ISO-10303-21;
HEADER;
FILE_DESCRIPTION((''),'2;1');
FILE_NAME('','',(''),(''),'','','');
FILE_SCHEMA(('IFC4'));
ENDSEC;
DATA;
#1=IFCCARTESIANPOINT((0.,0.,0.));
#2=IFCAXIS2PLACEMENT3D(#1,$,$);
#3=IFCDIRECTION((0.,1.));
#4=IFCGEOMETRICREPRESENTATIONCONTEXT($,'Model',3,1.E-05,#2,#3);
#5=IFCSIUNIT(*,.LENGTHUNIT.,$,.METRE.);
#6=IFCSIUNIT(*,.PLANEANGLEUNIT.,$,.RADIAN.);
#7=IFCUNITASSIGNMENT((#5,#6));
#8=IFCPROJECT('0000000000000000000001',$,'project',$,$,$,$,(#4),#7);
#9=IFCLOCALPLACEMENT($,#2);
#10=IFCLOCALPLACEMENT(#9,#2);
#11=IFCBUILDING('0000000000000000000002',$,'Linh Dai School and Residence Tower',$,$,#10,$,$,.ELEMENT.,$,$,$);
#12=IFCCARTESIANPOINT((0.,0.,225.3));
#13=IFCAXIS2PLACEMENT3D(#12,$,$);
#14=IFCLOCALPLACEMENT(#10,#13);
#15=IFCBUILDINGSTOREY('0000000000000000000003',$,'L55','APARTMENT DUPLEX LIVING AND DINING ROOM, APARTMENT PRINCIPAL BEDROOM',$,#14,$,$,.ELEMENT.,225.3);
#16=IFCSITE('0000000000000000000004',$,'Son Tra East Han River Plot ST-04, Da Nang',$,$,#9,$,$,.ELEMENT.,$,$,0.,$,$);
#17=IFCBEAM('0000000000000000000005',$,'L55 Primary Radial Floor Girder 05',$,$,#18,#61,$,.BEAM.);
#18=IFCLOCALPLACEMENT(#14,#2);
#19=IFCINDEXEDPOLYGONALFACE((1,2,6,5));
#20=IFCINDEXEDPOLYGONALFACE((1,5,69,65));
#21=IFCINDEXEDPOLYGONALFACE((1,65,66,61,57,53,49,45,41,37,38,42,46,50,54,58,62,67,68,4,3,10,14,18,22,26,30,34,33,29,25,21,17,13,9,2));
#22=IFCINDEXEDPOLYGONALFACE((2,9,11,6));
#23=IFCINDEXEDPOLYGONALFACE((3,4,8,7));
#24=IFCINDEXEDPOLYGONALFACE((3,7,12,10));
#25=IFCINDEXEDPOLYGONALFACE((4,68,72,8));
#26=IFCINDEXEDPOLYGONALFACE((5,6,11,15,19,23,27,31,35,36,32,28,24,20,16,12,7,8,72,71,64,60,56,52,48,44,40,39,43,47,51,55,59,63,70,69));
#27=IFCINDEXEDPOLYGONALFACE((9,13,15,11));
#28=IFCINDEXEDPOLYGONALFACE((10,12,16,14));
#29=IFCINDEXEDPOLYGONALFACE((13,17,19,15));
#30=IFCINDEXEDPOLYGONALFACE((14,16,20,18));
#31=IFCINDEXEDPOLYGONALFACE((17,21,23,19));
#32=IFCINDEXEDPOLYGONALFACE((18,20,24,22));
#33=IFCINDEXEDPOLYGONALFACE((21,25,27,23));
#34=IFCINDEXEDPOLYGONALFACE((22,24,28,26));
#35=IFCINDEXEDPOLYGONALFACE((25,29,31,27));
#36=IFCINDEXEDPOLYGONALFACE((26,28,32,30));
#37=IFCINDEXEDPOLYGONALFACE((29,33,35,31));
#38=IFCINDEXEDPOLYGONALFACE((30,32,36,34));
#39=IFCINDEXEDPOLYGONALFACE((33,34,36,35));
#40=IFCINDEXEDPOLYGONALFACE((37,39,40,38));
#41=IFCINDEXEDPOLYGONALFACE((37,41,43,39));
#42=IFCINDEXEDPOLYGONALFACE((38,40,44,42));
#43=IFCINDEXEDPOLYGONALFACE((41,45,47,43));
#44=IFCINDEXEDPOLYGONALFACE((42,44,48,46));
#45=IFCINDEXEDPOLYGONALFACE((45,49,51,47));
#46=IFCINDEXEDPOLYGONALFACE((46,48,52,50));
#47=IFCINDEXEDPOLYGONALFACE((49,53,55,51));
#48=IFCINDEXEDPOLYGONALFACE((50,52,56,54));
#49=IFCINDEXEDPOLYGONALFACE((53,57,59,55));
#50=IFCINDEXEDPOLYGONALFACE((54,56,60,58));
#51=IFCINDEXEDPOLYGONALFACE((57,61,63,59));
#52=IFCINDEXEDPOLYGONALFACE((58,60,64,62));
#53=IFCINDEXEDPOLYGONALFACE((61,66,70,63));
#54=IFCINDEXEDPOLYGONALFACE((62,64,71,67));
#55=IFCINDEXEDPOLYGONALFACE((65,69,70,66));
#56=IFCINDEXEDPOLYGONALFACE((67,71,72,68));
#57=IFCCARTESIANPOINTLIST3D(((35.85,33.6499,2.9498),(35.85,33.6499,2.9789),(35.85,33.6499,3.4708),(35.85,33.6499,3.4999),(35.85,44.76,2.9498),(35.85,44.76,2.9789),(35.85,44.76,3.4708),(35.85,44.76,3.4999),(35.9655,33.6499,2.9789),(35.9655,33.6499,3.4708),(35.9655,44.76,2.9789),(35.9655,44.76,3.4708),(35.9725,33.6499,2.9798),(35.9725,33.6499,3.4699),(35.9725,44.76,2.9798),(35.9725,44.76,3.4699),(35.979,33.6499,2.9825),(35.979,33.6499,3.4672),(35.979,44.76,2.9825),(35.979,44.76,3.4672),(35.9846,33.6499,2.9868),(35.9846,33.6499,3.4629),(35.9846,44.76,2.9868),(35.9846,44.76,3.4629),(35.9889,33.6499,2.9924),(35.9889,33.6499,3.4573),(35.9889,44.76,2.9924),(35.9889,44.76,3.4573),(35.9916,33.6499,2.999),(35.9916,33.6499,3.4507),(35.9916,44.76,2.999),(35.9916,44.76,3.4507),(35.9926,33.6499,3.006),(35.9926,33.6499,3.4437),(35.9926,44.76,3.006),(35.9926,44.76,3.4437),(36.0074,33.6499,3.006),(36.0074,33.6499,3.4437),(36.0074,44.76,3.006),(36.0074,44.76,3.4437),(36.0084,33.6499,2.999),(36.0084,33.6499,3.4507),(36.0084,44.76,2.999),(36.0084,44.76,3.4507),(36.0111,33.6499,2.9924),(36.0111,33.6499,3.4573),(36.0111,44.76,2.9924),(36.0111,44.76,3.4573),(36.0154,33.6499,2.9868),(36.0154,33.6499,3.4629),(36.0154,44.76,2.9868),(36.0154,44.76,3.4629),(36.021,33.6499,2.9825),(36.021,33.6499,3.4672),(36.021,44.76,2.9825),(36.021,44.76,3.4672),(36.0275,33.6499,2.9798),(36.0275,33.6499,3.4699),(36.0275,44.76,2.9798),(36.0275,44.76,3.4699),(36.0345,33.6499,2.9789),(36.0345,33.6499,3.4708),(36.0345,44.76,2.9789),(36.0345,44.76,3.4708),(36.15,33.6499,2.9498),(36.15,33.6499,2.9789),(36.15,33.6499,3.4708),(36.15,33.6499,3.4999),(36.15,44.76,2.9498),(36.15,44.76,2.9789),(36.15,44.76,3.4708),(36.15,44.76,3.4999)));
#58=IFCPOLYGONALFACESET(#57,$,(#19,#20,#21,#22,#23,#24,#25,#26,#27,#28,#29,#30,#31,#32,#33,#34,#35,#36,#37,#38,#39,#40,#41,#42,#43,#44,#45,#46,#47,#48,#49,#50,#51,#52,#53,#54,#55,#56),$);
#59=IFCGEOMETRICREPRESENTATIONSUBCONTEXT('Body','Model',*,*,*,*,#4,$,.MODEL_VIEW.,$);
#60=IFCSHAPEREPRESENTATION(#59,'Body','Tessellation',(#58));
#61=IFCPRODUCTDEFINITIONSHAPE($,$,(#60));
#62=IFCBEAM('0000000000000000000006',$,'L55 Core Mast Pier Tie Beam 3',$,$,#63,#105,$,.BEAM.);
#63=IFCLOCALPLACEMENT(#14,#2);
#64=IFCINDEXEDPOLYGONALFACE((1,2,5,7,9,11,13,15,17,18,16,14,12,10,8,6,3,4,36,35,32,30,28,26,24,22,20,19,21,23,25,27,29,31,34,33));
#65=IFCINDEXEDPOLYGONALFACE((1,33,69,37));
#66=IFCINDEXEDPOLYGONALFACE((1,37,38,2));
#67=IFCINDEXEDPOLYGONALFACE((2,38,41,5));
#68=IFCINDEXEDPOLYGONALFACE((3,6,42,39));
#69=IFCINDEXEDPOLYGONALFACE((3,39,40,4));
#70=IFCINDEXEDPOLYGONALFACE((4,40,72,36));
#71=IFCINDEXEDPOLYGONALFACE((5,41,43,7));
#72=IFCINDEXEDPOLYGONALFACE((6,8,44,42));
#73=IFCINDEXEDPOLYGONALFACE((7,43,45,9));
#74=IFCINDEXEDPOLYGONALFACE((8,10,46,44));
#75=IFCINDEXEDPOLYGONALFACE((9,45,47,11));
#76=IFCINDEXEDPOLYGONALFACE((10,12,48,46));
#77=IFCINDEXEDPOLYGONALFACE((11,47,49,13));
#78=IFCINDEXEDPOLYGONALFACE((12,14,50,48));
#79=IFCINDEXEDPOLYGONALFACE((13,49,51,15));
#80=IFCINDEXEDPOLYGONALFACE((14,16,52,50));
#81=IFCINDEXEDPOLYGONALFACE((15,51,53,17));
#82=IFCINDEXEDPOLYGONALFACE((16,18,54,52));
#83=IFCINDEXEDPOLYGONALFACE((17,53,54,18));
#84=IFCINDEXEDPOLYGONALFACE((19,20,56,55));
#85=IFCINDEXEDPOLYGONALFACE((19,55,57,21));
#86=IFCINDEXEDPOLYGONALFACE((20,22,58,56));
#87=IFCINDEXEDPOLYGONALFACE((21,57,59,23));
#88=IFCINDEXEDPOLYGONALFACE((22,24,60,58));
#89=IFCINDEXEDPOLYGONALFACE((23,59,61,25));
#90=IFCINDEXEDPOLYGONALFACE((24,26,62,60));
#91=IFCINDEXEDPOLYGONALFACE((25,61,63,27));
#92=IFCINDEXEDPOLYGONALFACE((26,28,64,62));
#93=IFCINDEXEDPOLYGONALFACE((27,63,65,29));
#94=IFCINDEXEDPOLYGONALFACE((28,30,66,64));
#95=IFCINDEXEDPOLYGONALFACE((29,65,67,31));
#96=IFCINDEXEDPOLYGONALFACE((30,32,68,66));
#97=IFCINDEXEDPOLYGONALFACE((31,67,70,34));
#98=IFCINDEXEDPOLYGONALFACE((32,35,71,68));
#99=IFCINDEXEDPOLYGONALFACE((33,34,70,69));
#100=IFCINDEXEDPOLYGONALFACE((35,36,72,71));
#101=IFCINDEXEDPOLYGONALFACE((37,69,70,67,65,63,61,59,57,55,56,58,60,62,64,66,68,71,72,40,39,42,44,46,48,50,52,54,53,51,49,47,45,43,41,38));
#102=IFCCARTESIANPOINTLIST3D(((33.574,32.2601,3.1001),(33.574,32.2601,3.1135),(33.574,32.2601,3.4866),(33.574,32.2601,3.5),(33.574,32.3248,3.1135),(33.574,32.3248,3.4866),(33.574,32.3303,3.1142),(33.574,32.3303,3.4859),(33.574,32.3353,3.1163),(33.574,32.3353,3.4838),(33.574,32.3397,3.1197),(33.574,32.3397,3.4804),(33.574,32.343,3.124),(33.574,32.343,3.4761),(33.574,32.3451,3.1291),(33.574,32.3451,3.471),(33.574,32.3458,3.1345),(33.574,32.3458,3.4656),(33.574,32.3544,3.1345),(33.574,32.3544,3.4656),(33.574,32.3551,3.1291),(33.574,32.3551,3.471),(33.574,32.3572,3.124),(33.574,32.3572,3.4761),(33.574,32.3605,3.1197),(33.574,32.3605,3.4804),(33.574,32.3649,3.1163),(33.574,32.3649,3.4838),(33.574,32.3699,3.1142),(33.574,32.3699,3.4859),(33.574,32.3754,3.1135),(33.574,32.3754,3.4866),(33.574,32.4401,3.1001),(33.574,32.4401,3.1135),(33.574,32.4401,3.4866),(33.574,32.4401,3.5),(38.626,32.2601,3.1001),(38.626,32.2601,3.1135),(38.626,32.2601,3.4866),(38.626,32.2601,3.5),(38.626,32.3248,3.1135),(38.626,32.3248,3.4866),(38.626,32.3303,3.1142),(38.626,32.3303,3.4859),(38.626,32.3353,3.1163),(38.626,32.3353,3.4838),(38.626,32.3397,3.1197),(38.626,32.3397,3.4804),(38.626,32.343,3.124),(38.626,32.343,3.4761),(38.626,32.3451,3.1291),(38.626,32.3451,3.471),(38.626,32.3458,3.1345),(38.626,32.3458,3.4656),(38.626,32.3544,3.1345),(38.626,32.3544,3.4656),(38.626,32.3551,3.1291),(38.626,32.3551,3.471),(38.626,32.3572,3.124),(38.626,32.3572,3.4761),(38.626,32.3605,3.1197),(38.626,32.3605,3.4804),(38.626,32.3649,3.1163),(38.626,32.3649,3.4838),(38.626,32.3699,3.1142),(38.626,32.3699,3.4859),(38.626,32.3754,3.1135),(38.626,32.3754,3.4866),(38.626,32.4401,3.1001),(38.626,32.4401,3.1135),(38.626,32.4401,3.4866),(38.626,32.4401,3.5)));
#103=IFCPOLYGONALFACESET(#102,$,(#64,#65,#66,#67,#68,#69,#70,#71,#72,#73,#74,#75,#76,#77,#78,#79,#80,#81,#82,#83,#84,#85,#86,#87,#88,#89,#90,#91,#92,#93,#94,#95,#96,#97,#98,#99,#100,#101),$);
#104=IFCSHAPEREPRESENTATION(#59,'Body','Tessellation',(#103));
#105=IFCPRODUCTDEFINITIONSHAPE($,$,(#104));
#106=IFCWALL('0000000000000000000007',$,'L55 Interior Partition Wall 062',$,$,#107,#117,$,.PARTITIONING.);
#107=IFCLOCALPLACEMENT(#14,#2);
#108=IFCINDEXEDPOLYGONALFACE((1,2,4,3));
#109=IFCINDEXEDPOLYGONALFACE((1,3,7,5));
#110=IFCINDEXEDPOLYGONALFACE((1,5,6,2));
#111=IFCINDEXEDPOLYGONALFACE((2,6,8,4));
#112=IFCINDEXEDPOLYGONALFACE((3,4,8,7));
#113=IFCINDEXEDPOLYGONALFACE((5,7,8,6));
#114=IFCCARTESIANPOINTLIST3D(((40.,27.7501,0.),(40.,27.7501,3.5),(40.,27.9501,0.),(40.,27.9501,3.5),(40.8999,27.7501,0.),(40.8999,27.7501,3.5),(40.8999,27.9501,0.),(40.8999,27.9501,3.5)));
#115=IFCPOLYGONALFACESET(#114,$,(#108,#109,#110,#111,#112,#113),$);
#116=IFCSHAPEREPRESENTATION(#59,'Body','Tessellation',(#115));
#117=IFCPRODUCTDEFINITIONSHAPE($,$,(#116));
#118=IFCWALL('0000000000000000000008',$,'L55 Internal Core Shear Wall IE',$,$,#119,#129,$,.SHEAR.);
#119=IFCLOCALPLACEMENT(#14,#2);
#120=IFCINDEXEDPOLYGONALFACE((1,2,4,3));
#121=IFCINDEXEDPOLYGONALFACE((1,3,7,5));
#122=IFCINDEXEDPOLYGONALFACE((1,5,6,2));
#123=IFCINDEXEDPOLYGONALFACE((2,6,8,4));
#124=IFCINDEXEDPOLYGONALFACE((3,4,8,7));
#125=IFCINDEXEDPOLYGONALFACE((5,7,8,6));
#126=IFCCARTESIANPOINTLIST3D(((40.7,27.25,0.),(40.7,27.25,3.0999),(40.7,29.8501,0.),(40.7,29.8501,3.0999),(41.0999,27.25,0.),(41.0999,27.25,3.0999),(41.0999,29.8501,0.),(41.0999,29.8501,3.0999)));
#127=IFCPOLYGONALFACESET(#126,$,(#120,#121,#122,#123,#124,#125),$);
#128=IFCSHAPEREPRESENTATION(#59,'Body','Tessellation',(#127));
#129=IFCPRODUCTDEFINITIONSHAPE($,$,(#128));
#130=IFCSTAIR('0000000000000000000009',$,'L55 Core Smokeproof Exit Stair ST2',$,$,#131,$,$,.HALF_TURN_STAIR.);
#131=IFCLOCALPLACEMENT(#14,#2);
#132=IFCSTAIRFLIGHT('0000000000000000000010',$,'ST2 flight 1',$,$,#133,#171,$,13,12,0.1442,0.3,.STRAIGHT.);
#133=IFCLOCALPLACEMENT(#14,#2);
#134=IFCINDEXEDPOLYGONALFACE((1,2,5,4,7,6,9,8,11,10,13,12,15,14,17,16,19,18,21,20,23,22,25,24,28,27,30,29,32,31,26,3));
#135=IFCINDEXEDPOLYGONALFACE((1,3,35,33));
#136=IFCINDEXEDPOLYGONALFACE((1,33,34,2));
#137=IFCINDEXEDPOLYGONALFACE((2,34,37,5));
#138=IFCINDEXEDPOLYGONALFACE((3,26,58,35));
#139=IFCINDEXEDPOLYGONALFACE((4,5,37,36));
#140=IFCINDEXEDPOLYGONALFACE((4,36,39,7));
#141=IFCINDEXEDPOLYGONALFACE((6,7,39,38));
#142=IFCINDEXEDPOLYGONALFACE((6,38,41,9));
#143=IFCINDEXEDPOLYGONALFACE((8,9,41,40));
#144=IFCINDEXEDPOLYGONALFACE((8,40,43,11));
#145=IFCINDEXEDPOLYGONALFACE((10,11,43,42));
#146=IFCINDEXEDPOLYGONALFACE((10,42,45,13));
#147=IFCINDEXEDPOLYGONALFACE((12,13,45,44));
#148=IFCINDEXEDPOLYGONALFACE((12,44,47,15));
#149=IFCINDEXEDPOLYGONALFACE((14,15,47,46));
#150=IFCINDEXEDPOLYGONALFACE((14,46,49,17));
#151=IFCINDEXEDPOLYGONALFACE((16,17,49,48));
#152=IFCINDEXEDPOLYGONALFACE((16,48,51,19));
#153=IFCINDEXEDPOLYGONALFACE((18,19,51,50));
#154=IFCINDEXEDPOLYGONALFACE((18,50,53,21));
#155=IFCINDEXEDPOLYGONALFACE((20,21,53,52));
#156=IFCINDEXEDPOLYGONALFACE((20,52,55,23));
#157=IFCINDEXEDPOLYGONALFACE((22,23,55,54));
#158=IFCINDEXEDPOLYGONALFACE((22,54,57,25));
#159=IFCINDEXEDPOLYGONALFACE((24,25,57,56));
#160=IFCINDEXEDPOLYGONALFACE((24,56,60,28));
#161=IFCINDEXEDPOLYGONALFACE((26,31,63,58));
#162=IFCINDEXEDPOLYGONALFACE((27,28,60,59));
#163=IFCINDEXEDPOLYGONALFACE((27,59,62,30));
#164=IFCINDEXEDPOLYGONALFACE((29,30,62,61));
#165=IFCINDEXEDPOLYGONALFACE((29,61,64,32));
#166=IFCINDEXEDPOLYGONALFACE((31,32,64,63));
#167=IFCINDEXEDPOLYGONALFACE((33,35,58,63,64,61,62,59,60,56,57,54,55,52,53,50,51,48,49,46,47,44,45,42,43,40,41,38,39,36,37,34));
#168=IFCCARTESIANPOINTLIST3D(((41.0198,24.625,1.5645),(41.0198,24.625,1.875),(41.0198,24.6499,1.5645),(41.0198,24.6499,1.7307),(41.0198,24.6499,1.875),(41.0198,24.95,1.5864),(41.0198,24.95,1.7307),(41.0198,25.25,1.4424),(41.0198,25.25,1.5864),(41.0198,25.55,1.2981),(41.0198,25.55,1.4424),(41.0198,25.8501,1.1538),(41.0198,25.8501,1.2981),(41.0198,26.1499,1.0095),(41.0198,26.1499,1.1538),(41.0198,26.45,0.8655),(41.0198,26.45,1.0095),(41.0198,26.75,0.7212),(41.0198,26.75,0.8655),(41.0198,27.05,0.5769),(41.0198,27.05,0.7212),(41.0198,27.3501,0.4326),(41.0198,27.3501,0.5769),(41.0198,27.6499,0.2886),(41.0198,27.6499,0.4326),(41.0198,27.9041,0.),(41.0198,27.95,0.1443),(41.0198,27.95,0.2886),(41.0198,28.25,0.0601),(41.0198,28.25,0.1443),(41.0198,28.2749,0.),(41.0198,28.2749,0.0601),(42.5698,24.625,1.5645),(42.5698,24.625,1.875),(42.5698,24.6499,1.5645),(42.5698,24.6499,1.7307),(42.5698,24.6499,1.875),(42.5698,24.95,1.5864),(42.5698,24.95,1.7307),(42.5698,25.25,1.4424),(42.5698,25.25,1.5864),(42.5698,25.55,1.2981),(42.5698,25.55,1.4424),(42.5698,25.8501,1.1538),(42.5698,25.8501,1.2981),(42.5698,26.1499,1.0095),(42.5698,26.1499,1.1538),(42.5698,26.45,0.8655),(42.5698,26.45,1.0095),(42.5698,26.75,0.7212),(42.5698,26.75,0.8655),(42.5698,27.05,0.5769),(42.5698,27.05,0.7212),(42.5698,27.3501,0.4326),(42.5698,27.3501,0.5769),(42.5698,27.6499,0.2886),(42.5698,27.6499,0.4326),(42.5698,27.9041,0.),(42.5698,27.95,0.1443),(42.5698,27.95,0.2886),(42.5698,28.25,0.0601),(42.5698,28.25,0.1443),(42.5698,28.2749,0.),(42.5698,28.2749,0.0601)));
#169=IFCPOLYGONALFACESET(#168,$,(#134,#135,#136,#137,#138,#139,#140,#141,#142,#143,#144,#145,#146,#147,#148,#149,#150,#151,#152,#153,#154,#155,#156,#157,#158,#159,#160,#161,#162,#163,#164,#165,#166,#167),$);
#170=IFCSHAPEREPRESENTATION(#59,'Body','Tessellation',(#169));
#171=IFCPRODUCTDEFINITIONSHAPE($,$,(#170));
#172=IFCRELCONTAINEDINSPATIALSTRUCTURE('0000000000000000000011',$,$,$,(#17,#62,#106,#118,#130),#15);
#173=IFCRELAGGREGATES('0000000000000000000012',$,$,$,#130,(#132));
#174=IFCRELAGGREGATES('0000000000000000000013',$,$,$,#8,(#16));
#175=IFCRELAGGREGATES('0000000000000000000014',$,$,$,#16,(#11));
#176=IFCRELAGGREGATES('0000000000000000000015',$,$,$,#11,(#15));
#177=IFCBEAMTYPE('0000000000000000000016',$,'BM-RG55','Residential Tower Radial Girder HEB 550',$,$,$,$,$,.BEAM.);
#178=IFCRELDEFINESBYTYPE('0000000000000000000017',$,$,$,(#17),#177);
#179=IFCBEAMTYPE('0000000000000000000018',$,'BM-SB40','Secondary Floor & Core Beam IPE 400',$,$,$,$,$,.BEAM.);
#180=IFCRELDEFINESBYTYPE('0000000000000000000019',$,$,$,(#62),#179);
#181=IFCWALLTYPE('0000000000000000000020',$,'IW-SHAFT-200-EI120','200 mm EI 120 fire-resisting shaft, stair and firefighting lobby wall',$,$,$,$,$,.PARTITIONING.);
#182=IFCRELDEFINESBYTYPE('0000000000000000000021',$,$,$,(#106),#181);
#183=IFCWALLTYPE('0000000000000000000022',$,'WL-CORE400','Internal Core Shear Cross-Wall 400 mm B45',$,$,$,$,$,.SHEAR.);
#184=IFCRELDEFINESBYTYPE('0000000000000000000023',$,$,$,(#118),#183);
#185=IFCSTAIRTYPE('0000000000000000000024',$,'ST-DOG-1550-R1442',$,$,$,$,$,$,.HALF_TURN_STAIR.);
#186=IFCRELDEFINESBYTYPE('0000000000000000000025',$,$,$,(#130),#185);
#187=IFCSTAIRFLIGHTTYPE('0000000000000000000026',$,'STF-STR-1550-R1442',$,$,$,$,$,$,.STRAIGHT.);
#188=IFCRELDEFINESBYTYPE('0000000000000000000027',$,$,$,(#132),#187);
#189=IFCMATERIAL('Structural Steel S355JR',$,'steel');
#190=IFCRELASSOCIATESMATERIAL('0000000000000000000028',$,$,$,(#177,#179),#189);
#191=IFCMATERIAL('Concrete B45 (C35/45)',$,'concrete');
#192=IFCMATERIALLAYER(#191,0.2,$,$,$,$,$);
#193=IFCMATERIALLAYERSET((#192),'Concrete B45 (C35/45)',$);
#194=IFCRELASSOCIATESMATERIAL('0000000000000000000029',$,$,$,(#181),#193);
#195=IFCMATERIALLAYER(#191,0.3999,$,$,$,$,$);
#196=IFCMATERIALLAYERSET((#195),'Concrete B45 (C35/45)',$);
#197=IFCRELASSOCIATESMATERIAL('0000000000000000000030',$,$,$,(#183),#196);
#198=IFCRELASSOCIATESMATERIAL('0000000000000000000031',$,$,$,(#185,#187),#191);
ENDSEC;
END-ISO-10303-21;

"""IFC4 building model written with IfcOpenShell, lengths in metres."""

from ifc_helpers import new_model, si_unit, direction, frame, frame_2d, origin, origin_2d, place, context, subcontext, project, spatial, polyline, rectangle, i_section, outline, extrude, source, transform, mapped, material, layer, layer_set, material_profile, profile_set, type_object, element, aggregate, save


model = new_model("IFC4")

# Units and contexts
model_context = context("Model", 3, precision=1e-05, world=origin(), true_north=direction((0.0, 1.0)))
body_context = subcontext(model_context, "Body", "Model", "MODEL_VIEW")
ifc_project = project(units=[si_unit("LENGTHUNIT", "METRE"), si_unit("PLANEANGLEUNIT", "RADIAN")], contexts=[model_context])

# Site, building, storey
site_placement = place(None, origin())
site = spatial("IfcSite", under=ifc_project, at=site_placement, Name="Son Tra East Han River Plot ST-04, Da Nang", CompositionType="ELEMENT", RefElevation=0.0)
building_placement = place(site_placement, origin())
building = spatial("IfcBuilding", under=site, at=building_placement, Name="Linh Dai School and Residence Tower", CompositionType="ELEMENT")
storey_placement = place(building_placement, frame((0.0, 0.0, 225.3)))
storey = spatial("IfcBuildingStorey", under=building, at=storey_placement, Name="L55", Description="APARTMENT DUPLEX LIVING AND DINING ROOM, APARTMENT PRINCIPAL BEDROOM", CompositionType="ELEMENT", Elevation=225.3)

# Shared definitions
ifc_material_1 = material(Name="Structural Steel S355JR", Category="steel")

# Beams
ifc_material_profile_1 = material_profile(ifc_material_1, i_section(OverallWidth=0.3, OverallDepth=0.55, WebThickness=0.0149, FlangeThickness=0.0291, FilletRadius=0.0271, at=origin_2d()), Name="HEB 550")
ifc_profile_set_1 = profile_set([ifc_material_profile_1], Name="Structural Steel S355JR")
beam_type_1 = type_object("IfcBeamType", Name="BM-RG55", Description="Residential Tower Radial Girder HEB 550", PredefinedType="BEAM", material=ifc_profile_set_1)
beam_1_placement = place(storey_placement, frame((36.0, 33.6499, 3.2249), z_axis=(0.0, 1.0, 0.0), x_axis=(-1.0, 0.0, 0.0)))
element("IfcBeam", 1, at=beam_1_placement, inside=storey, type_object=beam_type_1, Name="L55 Primary Radial Floor Girder 05", PredefinedType="BEAM", context=body_context, shape_type="SweptSolid", body=[
    extrude(i_section(OverallWidth=0.3, OverallDepth=0.55, WebThickness=0.0149, FlangeThickness=0.0291, FilletRadius=0.0271, at=origin_2d()), origin(), (0.0, 0.0, 1.0), 11.1101),
])
ifc_material_profile_2 = material_profile(ifc_material_1, i_section(OverallWidth=0.1799, OverallDepth=0.3999, WebThickness=0.0085, FlangeThickness=0.0134, FilletRadius=0.021, at=origin_2d()), Name="IPE 400")
ifc_profile_set_2 = profile_set([ifc_material_profile_2], Name="Structural Steel S355JR")
beam_type_2 = type_object("IfcBeamType", Name="BM-SB40", Description="Secondary Floor & Core Beam IPE 400", PredefinedType="BEAM", material=ifc_profile_set_2)
beam_2_placement = place(storey_placement, frame((38.626, 32.3501, 3.3), z_axis=(-1.0, 0.0, 0.0), x_axis=(0.0, -1.0, 0.0)))
element("IfcBeam", 2, at=beam_2_placement, inside=storey, type_object=beam_type_2, Name="L55 Core Mast Pier Tie Beam 3", PredefinedType="BEAM", context=body_context, shape_type="SweptSolid", body=[
    extrude(i_section(OverallWidth=0.1799, OverallDepth=0.3999, WebThickness=0.0085, FlangeThickness=0.0134, FilletRadius=0.021, at=origin_2d()), origin(), (0.0, 0.0, 1.0), 5.052),
])

# Shared definitions
ifc_material_2 = material(Name="Concrete B45 (C35/45)", Category="concrete")
ifc_layer_1 = layer(ifc_material_2, 0.2)
ifc_layer_set_1 = layer_set([ifc_layer_1], Name="Concrete B45 (C35/45)")
wall_type_1 = type_object("IfcWallType", Name="IW-SHAFT-200-EI120", Description="200 mm EI 120 fire-resisting shaft, stair and firefighting lobby wall", PredefinedType="PARTITIONING", material=ifc_layer_set_1)

# Walls
wall_1_placement = place(storey_placement, frame((40.0, 27.8501, 0.0), z_axis=(0.0, 0.0, 1.0), x_axis=(1.0, 0.0, 0.0)))
element("IfcWall", 3, at=wall_1_placement, inside=storey, type_object=wall_type_1, Name="L55 Interior Partition Wall 062", PredefinedType="PARTITIONING", context=body_context, shape_type="SweptSolid", body=[
    extrude(rectangle(XDim=0.8999, YDim=0.2, at=frame_2d((0.45, 0.0))), origin(), (0.0, 0.0, 1.0), 3.5),
])
ifc_layer_2 = layer(ifc_material_2, 0.3999)
ifc_layer_set_2 = layer_set([ifc_layer_2], Name="Concrete B45 (C35/45)")
wall_type_2 = type_object("IfcWallType", Name="WL-CORE400", Description="Internal Core Shear Cross-Wall 400 mm B45", PredefinedType="SHEAR", material=ifc_layer_set_2)
wall_2_placement = place(storey_placement, frame((40.8999, 27.25, 0.0), z_axis=(0.0, 0.0, 1.0), x_axis=(0.0, 1.0, 0.0)))
element("IfcWall", 4, at=wall_2_placement, inside=storey, type_object=wall_type_2, Name="L55 Internal Core Shear Wall IE", PredefinedType="SHEAR", context=body_context, shape_type="SweptSolid", body=[
    extrude(rectangle(XDim=2.6001, YDim=0.3999, at=frame_2d((1.3, 0.0))), origin(), (0.0, 0.0, 1.0), 3.0999),
])

# Stair, stair flight
stair_type = type_object("IfcStairType", Name="ST-DOG-1550-R1442", PredefinedType="HALF_TURN_STAIR", material=ifc_material_2)
stair_placement = place(storey_placement, origin())
stair = element("IfcStair", 5, at=stair_placement, inside=storey, type_object=stair_type, Name="L55 Core Smokeproof Exit Stair ST2", PredefinedType="HALF_TURN_STAIR")
stair_flight_type = type_object("IfcStairFlightType", Name="STF-STR-1550-R1442", PredefinedType="STRAIGHT", material=ifc_material_2)
shared_shape_1 = source(origin(), body_context, "Body", "SweptSolid", [
    extrude(outline(polyline([(-0.0249, 0.0), (-0.0249, 0.0601), (0.0, 0.0601), (0.0, 0.1443), (0.3, 0.1443), (0.3, 0.2886), (0.6001, 0.2886), (0.6001, 0.4326), (0.8999, 0.4326), (0.8999, 0.5769), (1.2, 0.5769), (1.2, 0.7212), (1.5, 0.7212), (1.5, 0.8655), (1.8, 0.8655), (1.8, 1.0095), (2.1001, 1.0095), (2.1001, 1.1538), (2.3999, 1.1538), (2.3999, 1.2981), (2.7, 1.2981), (2.7, 1.4424), (3.0, 1.4424), (3.0, 1.5864), (3.3, 1.5864), (3.3, 1.7307), (3.6001, 1.7307), (3.6001, 1.875), (3.625, 1.875), (3.625, 1.5645), (3.6001, 1.5645), (0.3459, 0.0), (-0.0249, 0.0)])), frame((0.0, 0.7749, 0.0), z_axis=(0.0, -1.0, 0.0), x_axis=(1.0, 0.0, 0.0)), (0.0, 0.0, 1.0), 1.55),
])
stair_flight_placement = place(storey_placement, frame((41.7949, 28.25, 0.0), z_axis=(0.0, 0.0, 1.0), x_axis=(0.0, -1.0, 0.0)))
stair_flight = element("IfcStairFlight", 6, at=stair_flight_placement, type_object=stair_flight_type, Name="ST2 flight 1", NumberOfRisers=13, NumberOfTreads=12, PredefinedType="STRAIGHT", RiserHeight=0.1442, TreadLength=0.3, context=body_context, shape_type="MappedRepresentation", body=[
    mapped(shared_shape_1, transform((0.0, 0.0, 0.0), x_axis=(1.0, 0.0, 0.0), y_axis=(0.0, 1.0, 0.0), z_axis=(0.0, 0.0, 1.0), scale=1.0)),
])
aggregate(stair, [stair_flight])

save(model, "model.ifc")
